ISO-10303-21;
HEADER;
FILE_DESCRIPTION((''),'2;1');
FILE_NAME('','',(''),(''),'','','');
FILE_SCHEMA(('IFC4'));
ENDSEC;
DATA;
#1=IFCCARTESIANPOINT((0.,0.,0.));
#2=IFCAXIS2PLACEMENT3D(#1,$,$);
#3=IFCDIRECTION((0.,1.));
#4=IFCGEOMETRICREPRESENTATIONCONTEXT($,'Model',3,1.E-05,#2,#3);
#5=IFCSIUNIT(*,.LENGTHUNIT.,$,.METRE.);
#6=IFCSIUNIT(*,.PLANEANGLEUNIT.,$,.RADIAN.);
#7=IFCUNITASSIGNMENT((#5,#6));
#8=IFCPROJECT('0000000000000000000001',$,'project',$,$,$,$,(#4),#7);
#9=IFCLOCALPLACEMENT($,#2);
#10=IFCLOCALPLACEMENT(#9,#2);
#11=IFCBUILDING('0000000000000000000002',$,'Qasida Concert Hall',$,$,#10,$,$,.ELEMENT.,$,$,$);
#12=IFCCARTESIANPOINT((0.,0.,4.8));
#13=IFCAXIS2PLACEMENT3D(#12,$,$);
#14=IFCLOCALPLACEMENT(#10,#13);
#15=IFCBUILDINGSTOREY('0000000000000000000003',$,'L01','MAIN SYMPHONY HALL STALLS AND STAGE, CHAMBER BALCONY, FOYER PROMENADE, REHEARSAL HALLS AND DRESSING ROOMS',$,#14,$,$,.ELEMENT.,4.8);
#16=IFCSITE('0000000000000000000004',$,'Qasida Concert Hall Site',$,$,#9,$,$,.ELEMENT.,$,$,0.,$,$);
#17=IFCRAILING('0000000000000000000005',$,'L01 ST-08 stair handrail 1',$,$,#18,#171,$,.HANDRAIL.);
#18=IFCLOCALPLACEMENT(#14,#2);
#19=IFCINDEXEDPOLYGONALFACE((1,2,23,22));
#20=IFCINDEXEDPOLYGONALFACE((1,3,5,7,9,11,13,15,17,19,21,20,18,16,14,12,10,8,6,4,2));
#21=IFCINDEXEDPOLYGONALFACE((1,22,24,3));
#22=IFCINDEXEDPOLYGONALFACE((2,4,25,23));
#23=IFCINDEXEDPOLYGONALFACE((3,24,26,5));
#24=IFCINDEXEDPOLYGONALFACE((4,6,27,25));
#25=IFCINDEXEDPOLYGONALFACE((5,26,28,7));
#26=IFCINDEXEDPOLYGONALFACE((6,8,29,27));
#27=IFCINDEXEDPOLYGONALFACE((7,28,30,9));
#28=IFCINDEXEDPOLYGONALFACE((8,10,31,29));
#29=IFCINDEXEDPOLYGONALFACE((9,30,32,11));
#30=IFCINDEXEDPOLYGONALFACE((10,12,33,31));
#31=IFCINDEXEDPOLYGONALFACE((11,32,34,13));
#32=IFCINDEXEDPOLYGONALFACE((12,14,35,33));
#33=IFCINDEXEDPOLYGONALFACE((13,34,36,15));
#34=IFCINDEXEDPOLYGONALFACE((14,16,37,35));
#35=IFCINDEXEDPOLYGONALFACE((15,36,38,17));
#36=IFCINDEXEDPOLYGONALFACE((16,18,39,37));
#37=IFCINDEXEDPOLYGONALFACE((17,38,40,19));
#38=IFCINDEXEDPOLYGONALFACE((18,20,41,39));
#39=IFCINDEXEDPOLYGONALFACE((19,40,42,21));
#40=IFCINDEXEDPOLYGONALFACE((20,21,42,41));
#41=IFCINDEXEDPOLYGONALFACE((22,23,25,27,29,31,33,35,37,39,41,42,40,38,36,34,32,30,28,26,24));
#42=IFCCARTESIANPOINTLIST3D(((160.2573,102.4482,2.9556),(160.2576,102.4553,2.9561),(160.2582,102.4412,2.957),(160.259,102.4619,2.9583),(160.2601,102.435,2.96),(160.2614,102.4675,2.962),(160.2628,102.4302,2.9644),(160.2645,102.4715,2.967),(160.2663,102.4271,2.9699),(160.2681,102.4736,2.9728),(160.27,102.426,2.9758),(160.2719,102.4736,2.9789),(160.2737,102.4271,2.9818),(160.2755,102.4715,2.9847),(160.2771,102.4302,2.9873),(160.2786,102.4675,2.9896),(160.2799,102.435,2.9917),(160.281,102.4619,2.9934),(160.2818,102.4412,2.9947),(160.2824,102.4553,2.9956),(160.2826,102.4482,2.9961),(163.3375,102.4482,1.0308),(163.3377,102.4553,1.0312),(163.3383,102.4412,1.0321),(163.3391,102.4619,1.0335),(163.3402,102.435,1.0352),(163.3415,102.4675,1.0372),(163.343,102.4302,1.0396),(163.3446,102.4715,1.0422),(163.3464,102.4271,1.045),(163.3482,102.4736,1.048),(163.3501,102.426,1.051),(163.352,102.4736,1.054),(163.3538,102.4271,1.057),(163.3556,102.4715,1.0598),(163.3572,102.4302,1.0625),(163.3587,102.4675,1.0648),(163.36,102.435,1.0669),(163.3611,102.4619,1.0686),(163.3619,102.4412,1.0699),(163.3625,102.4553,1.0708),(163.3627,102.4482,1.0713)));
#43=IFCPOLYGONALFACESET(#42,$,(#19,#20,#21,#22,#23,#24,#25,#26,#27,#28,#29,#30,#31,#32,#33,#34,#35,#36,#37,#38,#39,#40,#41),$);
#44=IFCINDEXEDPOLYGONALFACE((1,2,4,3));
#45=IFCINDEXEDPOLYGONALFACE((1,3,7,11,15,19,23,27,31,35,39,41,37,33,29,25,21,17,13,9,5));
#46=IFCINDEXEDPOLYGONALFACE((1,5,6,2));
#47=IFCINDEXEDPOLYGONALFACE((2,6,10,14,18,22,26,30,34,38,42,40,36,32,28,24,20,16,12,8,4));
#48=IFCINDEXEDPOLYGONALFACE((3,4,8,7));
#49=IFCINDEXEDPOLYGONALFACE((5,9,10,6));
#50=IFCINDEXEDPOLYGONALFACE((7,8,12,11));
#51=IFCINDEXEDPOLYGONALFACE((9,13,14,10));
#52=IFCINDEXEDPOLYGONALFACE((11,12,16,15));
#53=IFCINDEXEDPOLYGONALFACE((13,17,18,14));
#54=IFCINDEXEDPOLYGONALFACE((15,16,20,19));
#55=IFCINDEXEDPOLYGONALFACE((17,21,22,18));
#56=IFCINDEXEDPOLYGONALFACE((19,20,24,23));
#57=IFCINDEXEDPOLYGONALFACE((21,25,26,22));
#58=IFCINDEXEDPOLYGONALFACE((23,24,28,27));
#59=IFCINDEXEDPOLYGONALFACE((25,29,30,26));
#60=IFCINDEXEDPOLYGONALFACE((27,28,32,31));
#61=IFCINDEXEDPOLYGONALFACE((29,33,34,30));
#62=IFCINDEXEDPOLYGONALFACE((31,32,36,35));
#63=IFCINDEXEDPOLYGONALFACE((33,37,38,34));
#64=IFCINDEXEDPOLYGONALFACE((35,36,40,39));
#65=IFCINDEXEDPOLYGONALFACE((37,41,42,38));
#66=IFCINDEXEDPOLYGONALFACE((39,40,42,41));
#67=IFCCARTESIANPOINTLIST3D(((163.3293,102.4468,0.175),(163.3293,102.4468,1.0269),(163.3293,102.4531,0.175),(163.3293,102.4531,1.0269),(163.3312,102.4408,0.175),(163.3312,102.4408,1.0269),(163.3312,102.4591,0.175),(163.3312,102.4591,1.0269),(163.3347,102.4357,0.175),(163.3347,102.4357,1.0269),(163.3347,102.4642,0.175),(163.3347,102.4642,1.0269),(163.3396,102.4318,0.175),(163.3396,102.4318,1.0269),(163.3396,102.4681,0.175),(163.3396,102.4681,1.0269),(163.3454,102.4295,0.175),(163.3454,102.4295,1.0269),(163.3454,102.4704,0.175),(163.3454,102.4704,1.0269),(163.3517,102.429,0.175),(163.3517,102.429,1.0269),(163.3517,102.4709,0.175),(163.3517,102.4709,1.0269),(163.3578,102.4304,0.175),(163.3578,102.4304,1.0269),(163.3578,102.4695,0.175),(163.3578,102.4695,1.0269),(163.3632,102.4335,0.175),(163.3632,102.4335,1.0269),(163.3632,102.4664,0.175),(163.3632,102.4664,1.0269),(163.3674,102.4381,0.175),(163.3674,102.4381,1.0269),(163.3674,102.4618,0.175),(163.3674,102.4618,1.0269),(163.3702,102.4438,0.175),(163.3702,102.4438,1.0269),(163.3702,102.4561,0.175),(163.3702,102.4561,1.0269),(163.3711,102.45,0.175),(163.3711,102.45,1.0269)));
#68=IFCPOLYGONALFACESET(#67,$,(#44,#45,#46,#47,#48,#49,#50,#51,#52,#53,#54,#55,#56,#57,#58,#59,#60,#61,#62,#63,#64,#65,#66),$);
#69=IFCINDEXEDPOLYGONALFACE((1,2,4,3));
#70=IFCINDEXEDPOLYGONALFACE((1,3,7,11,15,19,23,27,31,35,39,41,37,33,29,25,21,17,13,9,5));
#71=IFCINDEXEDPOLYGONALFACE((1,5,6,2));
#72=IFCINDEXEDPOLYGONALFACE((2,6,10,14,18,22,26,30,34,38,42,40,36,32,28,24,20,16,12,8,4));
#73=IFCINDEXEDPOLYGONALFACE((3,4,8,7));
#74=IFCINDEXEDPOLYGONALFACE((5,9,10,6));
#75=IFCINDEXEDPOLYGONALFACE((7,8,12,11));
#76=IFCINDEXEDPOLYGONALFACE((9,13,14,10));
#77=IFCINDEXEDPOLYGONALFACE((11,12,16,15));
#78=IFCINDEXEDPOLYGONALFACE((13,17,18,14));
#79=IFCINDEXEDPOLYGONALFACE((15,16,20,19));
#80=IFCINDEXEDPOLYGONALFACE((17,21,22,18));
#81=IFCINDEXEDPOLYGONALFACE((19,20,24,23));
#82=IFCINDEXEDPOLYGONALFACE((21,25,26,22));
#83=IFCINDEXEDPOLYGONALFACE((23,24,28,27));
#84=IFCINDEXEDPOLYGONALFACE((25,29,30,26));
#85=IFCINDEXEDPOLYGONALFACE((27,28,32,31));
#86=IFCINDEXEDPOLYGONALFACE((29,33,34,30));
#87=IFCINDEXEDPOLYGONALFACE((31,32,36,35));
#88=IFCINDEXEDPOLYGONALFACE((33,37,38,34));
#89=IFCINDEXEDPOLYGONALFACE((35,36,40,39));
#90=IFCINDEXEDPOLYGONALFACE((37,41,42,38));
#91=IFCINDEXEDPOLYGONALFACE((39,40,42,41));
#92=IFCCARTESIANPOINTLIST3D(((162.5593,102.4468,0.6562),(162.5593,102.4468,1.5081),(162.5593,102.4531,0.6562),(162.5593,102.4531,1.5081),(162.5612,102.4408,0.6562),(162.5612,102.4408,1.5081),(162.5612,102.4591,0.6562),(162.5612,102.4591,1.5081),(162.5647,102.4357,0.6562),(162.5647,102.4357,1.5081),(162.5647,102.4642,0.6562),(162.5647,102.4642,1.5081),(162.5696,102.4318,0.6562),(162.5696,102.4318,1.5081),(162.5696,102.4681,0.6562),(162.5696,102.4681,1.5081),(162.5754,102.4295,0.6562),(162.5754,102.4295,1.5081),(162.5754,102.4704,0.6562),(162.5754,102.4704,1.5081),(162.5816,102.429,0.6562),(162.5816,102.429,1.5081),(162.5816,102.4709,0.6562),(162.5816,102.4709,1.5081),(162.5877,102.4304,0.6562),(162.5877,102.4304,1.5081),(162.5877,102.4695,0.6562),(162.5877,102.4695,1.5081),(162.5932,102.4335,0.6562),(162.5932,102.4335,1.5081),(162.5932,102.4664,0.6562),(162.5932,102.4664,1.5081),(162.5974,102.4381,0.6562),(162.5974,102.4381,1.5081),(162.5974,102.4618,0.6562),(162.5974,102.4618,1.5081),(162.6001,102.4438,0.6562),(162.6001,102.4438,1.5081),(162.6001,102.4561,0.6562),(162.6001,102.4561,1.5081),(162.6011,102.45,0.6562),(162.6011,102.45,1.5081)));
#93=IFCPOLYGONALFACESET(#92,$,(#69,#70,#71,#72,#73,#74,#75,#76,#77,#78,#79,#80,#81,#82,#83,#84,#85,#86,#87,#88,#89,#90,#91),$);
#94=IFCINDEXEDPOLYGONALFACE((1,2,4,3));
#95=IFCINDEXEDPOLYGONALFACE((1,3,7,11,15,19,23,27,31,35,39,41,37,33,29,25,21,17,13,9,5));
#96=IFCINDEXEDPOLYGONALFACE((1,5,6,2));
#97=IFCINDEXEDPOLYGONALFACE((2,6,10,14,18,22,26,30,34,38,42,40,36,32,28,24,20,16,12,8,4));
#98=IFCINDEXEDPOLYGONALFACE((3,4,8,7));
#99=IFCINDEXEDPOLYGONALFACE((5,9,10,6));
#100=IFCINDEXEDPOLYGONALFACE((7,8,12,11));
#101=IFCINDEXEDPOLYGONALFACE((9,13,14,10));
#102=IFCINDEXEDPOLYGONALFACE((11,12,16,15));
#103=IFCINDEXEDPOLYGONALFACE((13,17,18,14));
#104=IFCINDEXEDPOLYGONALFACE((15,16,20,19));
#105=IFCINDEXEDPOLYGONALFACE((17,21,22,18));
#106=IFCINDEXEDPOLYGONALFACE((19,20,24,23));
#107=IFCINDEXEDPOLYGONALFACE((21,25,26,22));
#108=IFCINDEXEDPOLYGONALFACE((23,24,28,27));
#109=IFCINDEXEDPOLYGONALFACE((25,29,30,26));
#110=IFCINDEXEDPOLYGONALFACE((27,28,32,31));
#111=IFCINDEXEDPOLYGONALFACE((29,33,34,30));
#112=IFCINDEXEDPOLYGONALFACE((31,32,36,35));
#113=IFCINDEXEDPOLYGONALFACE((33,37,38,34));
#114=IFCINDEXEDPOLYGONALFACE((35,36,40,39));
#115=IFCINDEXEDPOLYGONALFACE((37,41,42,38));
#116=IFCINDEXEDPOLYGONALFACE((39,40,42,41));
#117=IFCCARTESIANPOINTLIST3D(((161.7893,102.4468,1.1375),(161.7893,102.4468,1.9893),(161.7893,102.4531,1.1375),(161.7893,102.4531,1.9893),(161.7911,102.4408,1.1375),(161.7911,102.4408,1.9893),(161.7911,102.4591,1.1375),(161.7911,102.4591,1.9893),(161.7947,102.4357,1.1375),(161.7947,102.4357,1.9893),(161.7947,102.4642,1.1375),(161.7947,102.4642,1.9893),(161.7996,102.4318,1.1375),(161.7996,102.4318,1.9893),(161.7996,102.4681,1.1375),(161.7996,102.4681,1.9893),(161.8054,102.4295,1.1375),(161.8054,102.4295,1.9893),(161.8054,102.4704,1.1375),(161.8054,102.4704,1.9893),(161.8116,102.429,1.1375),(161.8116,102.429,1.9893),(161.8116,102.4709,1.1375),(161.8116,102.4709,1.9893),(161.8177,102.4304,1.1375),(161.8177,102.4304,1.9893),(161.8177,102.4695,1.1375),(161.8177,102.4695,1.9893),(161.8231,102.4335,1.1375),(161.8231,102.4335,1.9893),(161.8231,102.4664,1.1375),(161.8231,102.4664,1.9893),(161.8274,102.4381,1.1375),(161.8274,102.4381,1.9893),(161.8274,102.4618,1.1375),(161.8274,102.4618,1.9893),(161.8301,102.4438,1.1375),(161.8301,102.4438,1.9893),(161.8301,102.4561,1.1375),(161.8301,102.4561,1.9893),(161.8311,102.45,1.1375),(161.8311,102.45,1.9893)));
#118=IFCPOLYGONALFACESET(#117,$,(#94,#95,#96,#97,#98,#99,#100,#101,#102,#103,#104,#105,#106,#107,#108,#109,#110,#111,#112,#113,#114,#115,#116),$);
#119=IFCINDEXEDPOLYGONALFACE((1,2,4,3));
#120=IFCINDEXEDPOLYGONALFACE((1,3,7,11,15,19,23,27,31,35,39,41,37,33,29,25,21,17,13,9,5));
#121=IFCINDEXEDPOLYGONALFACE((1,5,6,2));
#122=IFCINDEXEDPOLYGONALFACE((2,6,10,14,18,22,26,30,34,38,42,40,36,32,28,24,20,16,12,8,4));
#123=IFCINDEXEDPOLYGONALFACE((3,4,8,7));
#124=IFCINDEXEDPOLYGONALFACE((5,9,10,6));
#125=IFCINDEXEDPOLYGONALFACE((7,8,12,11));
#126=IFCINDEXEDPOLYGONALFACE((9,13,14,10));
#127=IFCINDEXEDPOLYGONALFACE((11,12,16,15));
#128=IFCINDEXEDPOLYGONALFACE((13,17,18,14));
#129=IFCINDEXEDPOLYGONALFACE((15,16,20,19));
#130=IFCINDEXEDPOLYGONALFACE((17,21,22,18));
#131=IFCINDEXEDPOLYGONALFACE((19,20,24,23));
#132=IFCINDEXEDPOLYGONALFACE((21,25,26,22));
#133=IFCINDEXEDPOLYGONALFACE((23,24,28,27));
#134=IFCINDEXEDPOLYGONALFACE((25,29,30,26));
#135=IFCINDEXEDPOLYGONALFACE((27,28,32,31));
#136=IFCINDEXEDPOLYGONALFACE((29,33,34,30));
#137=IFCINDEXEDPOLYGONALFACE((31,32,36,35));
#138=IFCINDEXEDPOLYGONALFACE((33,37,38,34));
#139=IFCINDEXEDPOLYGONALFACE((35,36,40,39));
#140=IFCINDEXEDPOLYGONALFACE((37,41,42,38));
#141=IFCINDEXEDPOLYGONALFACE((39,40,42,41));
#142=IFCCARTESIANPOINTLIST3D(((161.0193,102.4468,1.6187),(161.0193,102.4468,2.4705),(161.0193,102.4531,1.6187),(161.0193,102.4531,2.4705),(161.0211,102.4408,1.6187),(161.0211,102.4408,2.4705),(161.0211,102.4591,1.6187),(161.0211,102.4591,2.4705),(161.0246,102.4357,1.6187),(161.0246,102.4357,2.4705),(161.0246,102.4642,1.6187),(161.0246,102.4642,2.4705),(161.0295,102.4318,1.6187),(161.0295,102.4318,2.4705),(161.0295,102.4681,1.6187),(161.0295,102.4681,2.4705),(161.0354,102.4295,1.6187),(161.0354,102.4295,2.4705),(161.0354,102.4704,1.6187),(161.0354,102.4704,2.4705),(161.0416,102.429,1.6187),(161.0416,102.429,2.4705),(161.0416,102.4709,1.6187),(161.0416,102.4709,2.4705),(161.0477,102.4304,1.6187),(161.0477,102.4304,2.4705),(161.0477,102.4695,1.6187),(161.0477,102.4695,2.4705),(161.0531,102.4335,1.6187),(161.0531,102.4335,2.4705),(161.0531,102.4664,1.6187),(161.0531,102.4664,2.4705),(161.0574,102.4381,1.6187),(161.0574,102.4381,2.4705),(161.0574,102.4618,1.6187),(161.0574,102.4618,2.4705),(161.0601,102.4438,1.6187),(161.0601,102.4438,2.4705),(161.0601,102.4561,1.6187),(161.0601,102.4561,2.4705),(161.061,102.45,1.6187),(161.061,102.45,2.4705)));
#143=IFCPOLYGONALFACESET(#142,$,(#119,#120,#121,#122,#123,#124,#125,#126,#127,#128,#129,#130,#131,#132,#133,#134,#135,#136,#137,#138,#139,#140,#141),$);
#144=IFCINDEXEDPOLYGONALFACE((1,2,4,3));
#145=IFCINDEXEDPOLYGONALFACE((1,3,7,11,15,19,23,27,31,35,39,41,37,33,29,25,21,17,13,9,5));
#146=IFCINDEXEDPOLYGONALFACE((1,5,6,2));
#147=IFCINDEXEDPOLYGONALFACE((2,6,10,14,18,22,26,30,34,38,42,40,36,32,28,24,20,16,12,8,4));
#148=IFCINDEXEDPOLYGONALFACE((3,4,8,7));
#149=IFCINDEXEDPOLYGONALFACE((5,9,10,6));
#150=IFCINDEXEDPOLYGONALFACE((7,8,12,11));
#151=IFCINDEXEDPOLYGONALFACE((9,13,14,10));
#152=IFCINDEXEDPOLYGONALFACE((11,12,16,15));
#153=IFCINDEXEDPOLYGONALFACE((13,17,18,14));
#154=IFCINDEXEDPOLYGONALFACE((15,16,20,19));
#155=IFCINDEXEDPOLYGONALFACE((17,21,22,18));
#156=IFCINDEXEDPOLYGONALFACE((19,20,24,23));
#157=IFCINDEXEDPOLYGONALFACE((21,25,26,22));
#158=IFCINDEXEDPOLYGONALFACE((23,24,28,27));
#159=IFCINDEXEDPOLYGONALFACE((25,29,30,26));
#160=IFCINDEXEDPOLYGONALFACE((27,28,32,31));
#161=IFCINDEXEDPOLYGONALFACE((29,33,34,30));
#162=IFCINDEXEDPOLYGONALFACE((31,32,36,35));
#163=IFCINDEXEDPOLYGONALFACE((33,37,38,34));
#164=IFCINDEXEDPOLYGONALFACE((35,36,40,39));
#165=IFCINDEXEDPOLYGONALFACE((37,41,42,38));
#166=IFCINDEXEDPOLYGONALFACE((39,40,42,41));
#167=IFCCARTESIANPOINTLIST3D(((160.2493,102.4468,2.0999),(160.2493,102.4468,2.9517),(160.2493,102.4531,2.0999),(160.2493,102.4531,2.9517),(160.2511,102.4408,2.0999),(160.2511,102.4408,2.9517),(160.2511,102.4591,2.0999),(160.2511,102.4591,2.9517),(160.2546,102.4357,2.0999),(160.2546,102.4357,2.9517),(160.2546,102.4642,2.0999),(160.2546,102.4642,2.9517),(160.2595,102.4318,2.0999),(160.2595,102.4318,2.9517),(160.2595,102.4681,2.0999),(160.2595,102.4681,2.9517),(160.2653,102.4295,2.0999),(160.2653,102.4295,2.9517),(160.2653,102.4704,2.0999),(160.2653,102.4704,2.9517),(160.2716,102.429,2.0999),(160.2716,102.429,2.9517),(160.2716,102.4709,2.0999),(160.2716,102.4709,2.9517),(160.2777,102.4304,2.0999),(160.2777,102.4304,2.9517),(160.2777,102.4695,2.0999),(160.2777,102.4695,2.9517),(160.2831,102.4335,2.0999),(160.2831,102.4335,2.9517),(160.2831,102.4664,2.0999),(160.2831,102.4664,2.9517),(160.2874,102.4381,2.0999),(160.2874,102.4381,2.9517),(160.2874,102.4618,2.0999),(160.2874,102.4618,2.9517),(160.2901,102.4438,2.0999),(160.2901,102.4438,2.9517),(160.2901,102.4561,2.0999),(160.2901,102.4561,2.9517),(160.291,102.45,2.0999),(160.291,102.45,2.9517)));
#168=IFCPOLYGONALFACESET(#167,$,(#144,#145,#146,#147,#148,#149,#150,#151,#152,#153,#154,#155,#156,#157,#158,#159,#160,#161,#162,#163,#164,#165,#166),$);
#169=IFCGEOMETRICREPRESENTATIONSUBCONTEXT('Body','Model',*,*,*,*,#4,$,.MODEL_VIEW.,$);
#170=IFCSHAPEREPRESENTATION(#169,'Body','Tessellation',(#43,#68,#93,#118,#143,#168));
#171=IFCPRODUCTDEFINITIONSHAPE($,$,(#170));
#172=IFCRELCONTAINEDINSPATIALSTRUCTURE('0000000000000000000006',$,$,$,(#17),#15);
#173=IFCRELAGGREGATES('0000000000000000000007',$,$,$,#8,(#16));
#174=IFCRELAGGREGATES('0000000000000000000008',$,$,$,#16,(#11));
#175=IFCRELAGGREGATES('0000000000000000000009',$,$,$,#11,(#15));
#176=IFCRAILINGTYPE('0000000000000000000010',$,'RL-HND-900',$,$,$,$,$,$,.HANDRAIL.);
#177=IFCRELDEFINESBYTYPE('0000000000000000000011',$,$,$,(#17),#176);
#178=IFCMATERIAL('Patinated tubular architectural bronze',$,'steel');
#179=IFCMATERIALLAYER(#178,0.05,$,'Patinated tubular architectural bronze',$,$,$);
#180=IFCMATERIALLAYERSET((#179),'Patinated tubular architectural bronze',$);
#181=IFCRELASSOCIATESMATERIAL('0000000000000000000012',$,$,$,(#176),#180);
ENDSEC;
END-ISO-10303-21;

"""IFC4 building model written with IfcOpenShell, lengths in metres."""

from ifc_helpers import new_model, si_unit, direction, frame, origin, origin_2d, place, context, subcontext, project, spatial, circle, extrude, material, layer, layer_set, type_object, element, save


model = new_model("IFC4")

# Units and contexts
model_context = context("Model", 3, precision=1e-05, world=origin(), true_north=direction((0.0, 1.0)))
body_context = subcontext(model_context, "Body", "Model", "MODEL_VIEW")
ifc_project = project(units=[si_unit("LENGTHUNIT", "METRE"), si_unit("PLANEANGLEUNIT", "RADIAN")], contexts=[model_context])

# Site, building, storey
site_placement = place(None, origin())
site = spatial("IfcSite", under=ifc_project, at=site_placement, Name="Qasida Concert Hall Site", CompositionType="ELEMENT", RefElevation=0.0)
building_placement = place(site_placement, origin())
building = spatial("IfcBuilding", under=site, at=building_placement, Name="Qasida Concert Hall", CompositionType="ELEMENT")
storey_placement = place(building_placement, frame((0.0, 0.0, 4.8)))
storey = spatial("IfcBuildingStorey", under=building, at=storey_placement, Name="L01", Description="MAIN SYMPHONY HALL STALLS AND STAGE, CHAMBER BALCONY, FOYER PROMENADE, REHEARSAL HALLS AND DRESSING ROOMS", CompositionType="ELEMENT", Elevation=4.8)

# Railing
ifc_material_1 = material(Name="Patinated tubular architectural bronze", Category="steel")
ifc_layer_1 = layer(ifc_material_1, 0.05, Name="Patinated tubular architectural bronze")
ifc_layer_set_1 = layer_set([ifc_layer_1], Name="Patinated tubular architectural bronze")
railing_type_1 = type_object("IfcRailingType", Name="RL-HND-900", PredefinedType="HANDRAIL", material=ifc_layer_set_1)
railing_1_placement = place(storey_placement, frame((163.3501, 102.45, 0.175)))
element("IfcRailing", 1, at=railing_1_placement, inside=storey, type_object=railing_type_1, Name="L01 ST-08 stair handrail 1", PredefinedType="HANDRAIL", context=body_context, shape_type="SweptSolid", body=[
    extrude(circle(Radius=0.0239, at=origin_2d()), frame((0.0, 0.0, 0.876), z_axis=(-0.848029, 0.0, 0.529951), x_axis=(0.0, -1.0, 0.0)), (0.0, 0.0, 1.0), 3.6321),
    extrude(circle(Radius=0.021, at=origin_2d()), origin(), (0.0, 0.0, 1.0), 0.8518),
    extrude(circle(Radius=0.021, at=origin_2d()), frame((-0.77, 0.0, 0.4812)), (0.0, 0.0, 1.0), 0.8518),
    extrude(circle(Radius=0.021, at=origin_2d()), frame((-1.54, 0.0, 0.9624)), (0.0, 0.0, 1.0), 0.8518),
    extrude(circle(Radius=0.021, at=origin_2d()), frame((-2.3101, 0.0, 1.4436)), (0.0, 0.0, 1.0), 0.8518),
    extrude(circle(Radius=0.021, at=origin_2d()), frame((-3.0801, 0.0, 1.9248)), (0.0, 0.0, 1.0), 0.8518),
])

save(model, "model.ifc")
